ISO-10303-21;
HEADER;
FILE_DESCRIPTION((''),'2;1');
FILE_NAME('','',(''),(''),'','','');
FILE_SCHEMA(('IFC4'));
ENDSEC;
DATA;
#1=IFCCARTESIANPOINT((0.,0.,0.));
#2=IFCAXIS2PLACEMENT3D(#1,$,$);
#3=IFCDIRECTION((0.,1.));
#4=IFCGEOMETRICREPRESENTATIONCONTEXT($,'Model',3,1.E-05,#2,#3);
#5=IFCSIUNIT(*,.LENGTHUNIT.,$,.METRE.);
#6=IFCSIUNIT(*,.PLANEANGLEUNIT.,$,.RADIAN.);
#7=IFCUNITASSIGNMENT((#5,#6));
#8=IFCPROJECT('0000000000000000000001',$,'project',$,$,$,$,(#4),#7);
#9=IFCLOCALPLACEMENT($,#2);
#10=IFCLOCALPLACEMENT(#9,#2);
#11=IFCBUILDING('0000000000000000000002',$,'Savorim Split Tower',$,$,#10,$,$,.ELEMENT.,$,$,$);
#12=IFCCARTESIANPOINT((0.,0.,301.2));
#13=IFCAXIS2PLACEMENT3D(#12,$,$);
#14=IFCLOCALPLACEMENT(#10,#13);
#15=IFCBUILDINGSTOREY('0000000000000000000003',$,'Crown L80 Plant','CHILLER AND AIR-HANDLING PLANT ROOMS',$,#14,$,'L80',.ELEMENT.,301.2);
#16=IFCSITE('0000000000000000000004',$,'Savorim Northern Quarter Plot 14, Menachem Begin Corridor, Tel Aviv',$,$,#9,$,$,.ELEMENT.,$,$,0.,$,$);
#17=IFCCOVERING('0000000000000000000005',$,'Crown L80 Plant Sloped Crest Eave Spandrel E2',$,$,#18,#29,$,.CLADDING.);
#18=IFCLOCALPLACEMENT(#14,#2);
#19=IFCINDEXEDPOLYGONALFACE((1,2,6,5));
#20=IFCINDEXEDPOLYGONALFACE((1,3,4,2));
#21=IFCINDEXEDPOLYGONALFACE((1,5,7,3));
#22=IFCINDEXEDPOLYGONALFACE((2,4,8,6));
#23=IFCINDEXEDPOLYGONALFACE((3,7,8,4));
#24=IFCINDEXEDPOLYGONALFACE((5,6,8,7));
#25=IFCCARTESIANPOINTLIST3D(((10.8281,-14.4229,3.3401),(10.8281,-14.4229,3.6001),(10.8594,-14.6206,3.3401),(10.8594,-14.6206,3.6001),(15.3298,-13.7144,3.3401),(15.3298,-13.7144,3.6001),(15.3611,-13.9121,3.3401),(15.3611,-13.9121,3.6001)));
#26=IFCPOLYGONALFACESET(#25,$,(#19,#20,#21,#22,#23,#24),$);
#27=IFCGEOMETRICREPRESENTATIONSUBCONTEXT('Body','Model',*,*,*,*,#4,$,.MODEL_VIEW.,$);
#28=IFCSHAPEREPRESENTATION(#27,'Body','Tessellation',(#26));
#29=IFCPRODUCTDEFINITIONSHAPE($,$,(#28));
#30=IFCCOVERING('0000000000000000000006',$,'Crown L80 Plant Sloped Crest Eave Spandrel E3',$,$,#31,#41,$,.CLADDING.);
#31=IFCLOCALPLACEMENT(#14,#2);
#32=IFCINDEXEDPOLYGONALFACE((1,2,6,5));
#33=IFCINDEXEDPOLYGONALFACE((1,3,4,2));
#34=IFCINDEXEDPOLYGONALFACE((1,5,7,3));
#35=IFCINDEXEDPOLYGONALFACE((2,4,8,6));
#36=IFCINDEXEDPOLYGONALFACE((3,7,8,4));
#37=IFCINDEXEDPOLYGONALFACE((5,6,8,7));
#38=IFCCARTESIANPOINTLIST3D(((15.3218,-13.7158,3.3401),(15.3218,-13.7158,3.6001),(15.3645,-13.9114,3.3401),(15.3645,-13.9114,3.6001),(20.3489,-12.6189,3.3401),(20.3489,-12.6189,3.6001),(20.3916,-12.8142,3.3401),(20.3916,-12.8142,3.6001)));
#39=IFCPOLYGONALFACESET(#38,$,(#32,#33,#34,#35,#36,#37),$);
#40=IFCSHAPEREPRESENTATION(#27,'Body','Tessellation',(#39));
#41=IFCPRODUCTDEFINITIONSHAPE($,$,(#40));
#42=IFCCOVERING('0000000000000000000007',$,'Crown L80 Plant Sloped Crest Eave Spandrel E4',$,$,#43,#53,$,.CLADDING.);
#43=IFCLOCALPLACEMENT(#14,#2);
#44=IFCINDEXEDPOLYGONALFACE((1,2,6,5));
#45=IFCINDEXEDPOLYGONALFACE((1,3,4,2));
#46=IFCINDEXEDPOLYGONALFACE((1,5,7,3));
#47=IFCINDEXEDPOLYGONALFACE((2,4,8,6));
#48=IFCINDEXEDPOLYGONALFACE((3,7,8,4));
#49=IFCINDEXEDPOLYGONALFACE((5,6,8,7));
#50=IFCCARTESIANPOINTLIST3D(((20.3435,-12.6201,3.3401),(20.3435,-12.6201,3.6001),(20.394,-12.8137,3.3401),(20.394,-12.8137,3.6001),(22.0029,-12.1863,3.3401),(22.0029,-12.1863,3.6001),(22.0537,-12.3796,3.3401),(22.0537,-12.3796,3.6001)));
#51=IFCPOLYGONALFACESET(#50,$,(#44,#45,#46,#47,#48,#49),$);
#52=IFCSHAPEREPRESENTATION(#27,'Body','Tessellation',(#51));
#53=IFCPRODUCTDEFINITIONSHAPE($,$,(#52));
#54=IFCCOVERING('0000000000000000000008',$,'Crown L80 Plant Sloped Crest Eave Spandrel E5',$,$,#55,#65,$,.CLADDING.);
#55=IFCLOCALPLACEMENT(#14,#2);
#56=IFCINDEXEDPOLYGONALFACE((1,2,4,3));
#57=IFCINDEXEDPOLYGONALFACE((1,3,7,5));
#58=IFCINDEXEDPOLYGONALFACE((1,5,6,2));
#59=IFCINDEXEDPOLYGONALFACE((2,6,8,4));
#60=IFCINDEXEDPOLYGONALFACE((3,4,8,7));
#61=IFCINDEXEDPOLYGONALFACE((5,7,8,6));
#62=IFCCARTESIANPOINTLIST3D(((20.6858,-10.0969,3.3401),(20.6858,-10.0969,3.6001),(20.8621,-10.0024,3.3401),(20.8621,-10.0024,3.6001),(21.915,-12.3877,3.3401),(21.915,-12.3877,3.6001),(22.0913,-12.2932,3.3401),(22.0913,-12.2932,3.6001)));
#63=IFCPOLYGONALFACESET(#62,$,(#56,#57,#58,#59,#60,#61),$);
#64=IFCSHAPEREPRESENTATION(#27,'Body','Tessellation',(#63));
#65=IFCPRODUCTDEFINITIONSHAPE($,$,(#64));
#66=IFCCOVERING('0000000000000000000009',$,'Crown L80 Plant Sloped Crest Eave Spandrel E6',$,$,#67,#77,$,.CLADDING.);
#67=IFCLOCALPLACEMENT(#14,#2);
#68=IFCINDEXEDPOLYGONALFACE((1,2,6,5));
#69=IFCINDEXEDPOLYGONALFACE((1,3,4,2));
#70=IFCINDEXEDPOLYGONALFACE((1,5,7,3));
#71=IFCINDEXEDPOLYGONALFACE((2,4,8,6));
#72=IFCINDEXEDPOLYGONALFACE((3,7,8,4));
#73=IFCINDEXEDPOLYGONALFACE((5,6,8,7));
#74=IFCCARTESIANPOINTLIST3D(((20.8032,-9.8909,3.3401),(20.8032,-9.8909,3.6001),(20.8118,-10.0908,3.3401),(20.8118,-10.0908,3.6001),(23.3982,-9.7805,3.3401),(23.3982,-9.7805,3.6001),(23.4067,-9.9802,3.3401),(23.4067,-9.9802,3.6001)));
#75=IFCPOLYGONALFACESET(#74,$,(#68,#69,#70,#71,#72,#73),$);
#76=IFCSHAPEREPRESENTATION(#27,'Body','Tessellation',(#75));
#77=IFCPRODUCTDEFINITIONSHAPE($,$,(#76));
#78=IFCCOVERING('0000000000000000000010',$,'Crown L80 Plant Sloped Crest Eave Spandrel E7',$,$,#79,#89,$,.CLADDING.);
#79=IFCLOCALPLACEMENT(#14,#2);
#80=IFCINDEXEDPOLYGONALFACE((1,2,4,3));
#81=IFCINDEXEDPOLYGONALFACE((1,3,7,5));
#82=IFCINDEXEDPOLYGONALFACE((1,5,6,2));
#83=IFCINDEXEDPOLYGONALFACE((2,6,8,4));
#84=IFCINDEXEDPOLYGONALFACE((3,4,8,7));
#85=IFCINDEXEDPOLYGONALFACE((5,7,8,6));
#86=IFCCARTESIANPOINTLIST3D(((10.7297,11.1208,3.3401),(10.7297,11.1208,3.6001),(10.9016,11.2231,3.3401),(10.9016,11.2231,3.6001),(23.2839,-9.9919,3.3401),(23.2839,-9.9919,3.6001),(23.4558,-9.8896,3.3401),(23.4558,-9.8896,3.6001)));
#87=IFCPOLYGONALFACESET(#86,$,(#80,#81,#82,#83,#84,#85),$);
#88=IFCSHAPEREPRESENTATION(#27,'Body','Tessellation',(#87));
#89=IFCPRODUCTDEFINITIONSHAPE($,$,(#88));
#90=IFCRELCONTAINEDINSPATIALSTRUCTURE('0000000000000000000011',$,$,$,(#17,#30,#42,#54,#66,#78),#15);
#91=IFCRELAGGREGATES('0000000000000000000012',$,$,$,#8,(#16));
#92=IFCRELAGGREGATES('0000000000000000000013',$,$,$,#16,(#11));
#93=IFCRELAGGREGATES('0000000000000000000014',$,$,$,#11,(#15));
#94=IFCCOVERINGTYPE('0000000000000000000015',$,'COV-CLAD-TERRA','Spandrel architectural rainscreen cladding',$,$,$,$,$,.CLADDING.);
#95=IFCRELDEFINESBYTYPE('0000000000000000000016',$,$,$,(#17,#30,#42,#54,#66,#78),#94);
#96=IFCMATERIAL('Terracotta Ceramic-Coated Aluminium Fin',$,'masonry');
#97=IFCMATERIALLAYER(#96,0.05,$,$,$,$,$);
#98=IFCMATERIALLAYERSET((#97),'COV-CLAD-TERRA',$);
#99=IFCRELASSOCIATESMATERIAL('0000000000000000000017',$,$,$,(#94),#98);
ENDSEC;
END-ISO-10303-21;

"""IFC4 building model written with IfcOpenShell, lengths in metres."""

from ifc_helpers import new_model, si_unit, direction, frame, origin, place, context, subcontext, project, spatial, polyline, outline, extrude, material, layer, layer_set, type_object, element, save


model = new_model("IFC4")

# Units and contexts
model_context = context("Model", 3, precision=1e-05, world=origin(), true_north=direction((0.0, 1.0)))
body_context = subcontext(model_context, "Body", "Model", "MODEL_VIEW")
ifc_project = project(units=[si_unit("LENGTHUNIT", "METRE"), si_unit("PLANEANGLEUNIT", "RADIAN")], contexts=[model_context])

# Site, building, storey
site_placement = place(None, origin())
site = spatial("IfcSite", under=ifc_project, at=site_placement, Name="Savorim Northern Quarter Plot 14, Menachem Begin Corridor, Tel Aviv", CompositionType="ELEMENT", RefElevation=0.0)
building_placement = place(site_placement, origin())
building = spatial("IfcBuilding", under=site, at=building_placement, Name="Savorim Split Tower", CompositionType="ELEMENT")
storey_placement = place(building_placement, frame((0.0, 0.0, 301.2)))
storey = spatial("IfcBuildingStorey", under=building, at=storey_placement, Name="Crown L80 Plant", Description="CHILLER AND AIR-HANDLING PLANT ROOMS", LongName="L80", CompositionType="ELEMENT", Elevation=301.2)

# Coverings
ifc_material_1 = material(Name="Terracotta Ceramic-Coated Aluminium Fin", Category="masonry")
ifc_layer_1 = layer(ifc_material_1, 0.05)
ifc_layer_set_1 = layer_set([ifc_layer_1], Name="COV-CLAD-TERRA")
covering_type_1 = type_object("IfcCoveringType", Name="COV-CLAD-TERRA", Description="Spandrel architectural rainscreen cladding", PredefinedType="CLADDING", material=ifc_layer_set_1)
covering_1_placement = place(storey_placement, frame((0.0, 0.0, 3.3401)))
element("IfcCovering", 1, at=covering_1_placement, inside=storey, type_object=covering_type_1, Name="Crown L80 Plant Sloped Crest Eave Spandrel E2", PredefinedType="CLADDING", context=body_context, shape_type="SweptSolid", body=[
    extrude(outline(polyline([(10.8594, -14.6206), (15.3611, -13.9121), (15.3298, -13.7144), (10.8281, -14.4229), (10.8594, -14.6206)])), origin(), (0.0, 0.0, 1.0), 0.26),
])
covering_2_placement = place(storey_placement, frame((0.0, 0.0, 3.3401)))
element("IfcCovering", 2, at=covering_2_placement, inside=storey, type_object=covering_type_1, Name="Crown L80 Plant Sloped Crest Eave Spandrel E3", PredefinedType="CLADDING", context=body_context, shape_type="SweptSolid", body=[
    extrude(outline(polyline([(15.3645, -13.9114), (20.3916, -12.8142), (20.3489, -12.6189), (15.3218, -13.7158), (15.3645, -13.9114)])), origin(), (0.0, 0.0, 1.0), 0.26),
])
covering_3_placement = place(storey_placement, frame((0.0, 0.0, 3.3401)))
element("IfcCovering", 3, at=covering_3_placement, inside=storey, type_object=covering_type_1, Name="Crown L80 Plant Sloped Crest Eave Spandrel E4", PredefinedType="CLADDING", context=body_context, shape_type="SweptSolid", body=[
    extrude(outline(polyline([(20.394, -12.8137), (22.0537, -12.3796), (22.0029, -12.1863), (20.3435, -12.6201), (20.394, -12.8137)])), origin(), (0.0, 0.0, 1.0), 0.26),
])
covering_4_placement = place(storey_placement, frame((0.0, 0.0, 3.3401)))
element("IfcCovering", 4, at=covering_4_placement, inside=storey, type_object=covering_type_1, Name="Crown L80 Plant Sloped Crest Eave Spandrel E5", PredefinedType="CLADDING", context=body_context, shape_type="SweptSolid", body=[
    extrude(outline(polyline([(22.0913, -12.2932), (20.8621, -10.0024), (20.6858, -10.0969), (21.915, -12.3877), (22.0913, -12.2932)])), origin(), (0.0, 0.0, 1.0), 0.26),
])
covering_5_placement = place(storey_placement, frame((0.0, 0.0, 3.3401)))
element("IfcCovering", 5, at=covering_5_placement, inside=storey, type_object=covering_type_1, Name="Crown L80 Plant Sloped Crest Eave Spandrel E6", PredefinedType="CLADDING", context=body_context, shape_type="SweptSolid", body=[
    extrude(outline(polyline([(20.8118, -10.0908), (23.4067, -9.9802), (23.3982, -9.7805), (20.8032, -9.8909), (20.8118, -10.0908)])), origin(), (0.0, 0.0, 1.0), 0.26),
])
covering_6_placement = place(storey_placement, frame((0.0, 0.0, 3.3401)))
element("IfcCovering", 6, at=covering_6_placement, inside=storey, type_object=covering_type_1, Name="Crown L80 Plant Sloped Crest Eave Spandrel E7", PredefinedType="CLADDING", context=body_context, shape_type="SweptSolid", body=[
    extrude(outline(polyline([(23.4558, -9.8896), (10.9016, 11.2231), (10.7297, 11.1208), (23.2839, -9.9919), (23.4558, -9.8896)])), origin(), (0.0, 0.0, 1.0), 0.26),
])

save(model, "model.ifc")
